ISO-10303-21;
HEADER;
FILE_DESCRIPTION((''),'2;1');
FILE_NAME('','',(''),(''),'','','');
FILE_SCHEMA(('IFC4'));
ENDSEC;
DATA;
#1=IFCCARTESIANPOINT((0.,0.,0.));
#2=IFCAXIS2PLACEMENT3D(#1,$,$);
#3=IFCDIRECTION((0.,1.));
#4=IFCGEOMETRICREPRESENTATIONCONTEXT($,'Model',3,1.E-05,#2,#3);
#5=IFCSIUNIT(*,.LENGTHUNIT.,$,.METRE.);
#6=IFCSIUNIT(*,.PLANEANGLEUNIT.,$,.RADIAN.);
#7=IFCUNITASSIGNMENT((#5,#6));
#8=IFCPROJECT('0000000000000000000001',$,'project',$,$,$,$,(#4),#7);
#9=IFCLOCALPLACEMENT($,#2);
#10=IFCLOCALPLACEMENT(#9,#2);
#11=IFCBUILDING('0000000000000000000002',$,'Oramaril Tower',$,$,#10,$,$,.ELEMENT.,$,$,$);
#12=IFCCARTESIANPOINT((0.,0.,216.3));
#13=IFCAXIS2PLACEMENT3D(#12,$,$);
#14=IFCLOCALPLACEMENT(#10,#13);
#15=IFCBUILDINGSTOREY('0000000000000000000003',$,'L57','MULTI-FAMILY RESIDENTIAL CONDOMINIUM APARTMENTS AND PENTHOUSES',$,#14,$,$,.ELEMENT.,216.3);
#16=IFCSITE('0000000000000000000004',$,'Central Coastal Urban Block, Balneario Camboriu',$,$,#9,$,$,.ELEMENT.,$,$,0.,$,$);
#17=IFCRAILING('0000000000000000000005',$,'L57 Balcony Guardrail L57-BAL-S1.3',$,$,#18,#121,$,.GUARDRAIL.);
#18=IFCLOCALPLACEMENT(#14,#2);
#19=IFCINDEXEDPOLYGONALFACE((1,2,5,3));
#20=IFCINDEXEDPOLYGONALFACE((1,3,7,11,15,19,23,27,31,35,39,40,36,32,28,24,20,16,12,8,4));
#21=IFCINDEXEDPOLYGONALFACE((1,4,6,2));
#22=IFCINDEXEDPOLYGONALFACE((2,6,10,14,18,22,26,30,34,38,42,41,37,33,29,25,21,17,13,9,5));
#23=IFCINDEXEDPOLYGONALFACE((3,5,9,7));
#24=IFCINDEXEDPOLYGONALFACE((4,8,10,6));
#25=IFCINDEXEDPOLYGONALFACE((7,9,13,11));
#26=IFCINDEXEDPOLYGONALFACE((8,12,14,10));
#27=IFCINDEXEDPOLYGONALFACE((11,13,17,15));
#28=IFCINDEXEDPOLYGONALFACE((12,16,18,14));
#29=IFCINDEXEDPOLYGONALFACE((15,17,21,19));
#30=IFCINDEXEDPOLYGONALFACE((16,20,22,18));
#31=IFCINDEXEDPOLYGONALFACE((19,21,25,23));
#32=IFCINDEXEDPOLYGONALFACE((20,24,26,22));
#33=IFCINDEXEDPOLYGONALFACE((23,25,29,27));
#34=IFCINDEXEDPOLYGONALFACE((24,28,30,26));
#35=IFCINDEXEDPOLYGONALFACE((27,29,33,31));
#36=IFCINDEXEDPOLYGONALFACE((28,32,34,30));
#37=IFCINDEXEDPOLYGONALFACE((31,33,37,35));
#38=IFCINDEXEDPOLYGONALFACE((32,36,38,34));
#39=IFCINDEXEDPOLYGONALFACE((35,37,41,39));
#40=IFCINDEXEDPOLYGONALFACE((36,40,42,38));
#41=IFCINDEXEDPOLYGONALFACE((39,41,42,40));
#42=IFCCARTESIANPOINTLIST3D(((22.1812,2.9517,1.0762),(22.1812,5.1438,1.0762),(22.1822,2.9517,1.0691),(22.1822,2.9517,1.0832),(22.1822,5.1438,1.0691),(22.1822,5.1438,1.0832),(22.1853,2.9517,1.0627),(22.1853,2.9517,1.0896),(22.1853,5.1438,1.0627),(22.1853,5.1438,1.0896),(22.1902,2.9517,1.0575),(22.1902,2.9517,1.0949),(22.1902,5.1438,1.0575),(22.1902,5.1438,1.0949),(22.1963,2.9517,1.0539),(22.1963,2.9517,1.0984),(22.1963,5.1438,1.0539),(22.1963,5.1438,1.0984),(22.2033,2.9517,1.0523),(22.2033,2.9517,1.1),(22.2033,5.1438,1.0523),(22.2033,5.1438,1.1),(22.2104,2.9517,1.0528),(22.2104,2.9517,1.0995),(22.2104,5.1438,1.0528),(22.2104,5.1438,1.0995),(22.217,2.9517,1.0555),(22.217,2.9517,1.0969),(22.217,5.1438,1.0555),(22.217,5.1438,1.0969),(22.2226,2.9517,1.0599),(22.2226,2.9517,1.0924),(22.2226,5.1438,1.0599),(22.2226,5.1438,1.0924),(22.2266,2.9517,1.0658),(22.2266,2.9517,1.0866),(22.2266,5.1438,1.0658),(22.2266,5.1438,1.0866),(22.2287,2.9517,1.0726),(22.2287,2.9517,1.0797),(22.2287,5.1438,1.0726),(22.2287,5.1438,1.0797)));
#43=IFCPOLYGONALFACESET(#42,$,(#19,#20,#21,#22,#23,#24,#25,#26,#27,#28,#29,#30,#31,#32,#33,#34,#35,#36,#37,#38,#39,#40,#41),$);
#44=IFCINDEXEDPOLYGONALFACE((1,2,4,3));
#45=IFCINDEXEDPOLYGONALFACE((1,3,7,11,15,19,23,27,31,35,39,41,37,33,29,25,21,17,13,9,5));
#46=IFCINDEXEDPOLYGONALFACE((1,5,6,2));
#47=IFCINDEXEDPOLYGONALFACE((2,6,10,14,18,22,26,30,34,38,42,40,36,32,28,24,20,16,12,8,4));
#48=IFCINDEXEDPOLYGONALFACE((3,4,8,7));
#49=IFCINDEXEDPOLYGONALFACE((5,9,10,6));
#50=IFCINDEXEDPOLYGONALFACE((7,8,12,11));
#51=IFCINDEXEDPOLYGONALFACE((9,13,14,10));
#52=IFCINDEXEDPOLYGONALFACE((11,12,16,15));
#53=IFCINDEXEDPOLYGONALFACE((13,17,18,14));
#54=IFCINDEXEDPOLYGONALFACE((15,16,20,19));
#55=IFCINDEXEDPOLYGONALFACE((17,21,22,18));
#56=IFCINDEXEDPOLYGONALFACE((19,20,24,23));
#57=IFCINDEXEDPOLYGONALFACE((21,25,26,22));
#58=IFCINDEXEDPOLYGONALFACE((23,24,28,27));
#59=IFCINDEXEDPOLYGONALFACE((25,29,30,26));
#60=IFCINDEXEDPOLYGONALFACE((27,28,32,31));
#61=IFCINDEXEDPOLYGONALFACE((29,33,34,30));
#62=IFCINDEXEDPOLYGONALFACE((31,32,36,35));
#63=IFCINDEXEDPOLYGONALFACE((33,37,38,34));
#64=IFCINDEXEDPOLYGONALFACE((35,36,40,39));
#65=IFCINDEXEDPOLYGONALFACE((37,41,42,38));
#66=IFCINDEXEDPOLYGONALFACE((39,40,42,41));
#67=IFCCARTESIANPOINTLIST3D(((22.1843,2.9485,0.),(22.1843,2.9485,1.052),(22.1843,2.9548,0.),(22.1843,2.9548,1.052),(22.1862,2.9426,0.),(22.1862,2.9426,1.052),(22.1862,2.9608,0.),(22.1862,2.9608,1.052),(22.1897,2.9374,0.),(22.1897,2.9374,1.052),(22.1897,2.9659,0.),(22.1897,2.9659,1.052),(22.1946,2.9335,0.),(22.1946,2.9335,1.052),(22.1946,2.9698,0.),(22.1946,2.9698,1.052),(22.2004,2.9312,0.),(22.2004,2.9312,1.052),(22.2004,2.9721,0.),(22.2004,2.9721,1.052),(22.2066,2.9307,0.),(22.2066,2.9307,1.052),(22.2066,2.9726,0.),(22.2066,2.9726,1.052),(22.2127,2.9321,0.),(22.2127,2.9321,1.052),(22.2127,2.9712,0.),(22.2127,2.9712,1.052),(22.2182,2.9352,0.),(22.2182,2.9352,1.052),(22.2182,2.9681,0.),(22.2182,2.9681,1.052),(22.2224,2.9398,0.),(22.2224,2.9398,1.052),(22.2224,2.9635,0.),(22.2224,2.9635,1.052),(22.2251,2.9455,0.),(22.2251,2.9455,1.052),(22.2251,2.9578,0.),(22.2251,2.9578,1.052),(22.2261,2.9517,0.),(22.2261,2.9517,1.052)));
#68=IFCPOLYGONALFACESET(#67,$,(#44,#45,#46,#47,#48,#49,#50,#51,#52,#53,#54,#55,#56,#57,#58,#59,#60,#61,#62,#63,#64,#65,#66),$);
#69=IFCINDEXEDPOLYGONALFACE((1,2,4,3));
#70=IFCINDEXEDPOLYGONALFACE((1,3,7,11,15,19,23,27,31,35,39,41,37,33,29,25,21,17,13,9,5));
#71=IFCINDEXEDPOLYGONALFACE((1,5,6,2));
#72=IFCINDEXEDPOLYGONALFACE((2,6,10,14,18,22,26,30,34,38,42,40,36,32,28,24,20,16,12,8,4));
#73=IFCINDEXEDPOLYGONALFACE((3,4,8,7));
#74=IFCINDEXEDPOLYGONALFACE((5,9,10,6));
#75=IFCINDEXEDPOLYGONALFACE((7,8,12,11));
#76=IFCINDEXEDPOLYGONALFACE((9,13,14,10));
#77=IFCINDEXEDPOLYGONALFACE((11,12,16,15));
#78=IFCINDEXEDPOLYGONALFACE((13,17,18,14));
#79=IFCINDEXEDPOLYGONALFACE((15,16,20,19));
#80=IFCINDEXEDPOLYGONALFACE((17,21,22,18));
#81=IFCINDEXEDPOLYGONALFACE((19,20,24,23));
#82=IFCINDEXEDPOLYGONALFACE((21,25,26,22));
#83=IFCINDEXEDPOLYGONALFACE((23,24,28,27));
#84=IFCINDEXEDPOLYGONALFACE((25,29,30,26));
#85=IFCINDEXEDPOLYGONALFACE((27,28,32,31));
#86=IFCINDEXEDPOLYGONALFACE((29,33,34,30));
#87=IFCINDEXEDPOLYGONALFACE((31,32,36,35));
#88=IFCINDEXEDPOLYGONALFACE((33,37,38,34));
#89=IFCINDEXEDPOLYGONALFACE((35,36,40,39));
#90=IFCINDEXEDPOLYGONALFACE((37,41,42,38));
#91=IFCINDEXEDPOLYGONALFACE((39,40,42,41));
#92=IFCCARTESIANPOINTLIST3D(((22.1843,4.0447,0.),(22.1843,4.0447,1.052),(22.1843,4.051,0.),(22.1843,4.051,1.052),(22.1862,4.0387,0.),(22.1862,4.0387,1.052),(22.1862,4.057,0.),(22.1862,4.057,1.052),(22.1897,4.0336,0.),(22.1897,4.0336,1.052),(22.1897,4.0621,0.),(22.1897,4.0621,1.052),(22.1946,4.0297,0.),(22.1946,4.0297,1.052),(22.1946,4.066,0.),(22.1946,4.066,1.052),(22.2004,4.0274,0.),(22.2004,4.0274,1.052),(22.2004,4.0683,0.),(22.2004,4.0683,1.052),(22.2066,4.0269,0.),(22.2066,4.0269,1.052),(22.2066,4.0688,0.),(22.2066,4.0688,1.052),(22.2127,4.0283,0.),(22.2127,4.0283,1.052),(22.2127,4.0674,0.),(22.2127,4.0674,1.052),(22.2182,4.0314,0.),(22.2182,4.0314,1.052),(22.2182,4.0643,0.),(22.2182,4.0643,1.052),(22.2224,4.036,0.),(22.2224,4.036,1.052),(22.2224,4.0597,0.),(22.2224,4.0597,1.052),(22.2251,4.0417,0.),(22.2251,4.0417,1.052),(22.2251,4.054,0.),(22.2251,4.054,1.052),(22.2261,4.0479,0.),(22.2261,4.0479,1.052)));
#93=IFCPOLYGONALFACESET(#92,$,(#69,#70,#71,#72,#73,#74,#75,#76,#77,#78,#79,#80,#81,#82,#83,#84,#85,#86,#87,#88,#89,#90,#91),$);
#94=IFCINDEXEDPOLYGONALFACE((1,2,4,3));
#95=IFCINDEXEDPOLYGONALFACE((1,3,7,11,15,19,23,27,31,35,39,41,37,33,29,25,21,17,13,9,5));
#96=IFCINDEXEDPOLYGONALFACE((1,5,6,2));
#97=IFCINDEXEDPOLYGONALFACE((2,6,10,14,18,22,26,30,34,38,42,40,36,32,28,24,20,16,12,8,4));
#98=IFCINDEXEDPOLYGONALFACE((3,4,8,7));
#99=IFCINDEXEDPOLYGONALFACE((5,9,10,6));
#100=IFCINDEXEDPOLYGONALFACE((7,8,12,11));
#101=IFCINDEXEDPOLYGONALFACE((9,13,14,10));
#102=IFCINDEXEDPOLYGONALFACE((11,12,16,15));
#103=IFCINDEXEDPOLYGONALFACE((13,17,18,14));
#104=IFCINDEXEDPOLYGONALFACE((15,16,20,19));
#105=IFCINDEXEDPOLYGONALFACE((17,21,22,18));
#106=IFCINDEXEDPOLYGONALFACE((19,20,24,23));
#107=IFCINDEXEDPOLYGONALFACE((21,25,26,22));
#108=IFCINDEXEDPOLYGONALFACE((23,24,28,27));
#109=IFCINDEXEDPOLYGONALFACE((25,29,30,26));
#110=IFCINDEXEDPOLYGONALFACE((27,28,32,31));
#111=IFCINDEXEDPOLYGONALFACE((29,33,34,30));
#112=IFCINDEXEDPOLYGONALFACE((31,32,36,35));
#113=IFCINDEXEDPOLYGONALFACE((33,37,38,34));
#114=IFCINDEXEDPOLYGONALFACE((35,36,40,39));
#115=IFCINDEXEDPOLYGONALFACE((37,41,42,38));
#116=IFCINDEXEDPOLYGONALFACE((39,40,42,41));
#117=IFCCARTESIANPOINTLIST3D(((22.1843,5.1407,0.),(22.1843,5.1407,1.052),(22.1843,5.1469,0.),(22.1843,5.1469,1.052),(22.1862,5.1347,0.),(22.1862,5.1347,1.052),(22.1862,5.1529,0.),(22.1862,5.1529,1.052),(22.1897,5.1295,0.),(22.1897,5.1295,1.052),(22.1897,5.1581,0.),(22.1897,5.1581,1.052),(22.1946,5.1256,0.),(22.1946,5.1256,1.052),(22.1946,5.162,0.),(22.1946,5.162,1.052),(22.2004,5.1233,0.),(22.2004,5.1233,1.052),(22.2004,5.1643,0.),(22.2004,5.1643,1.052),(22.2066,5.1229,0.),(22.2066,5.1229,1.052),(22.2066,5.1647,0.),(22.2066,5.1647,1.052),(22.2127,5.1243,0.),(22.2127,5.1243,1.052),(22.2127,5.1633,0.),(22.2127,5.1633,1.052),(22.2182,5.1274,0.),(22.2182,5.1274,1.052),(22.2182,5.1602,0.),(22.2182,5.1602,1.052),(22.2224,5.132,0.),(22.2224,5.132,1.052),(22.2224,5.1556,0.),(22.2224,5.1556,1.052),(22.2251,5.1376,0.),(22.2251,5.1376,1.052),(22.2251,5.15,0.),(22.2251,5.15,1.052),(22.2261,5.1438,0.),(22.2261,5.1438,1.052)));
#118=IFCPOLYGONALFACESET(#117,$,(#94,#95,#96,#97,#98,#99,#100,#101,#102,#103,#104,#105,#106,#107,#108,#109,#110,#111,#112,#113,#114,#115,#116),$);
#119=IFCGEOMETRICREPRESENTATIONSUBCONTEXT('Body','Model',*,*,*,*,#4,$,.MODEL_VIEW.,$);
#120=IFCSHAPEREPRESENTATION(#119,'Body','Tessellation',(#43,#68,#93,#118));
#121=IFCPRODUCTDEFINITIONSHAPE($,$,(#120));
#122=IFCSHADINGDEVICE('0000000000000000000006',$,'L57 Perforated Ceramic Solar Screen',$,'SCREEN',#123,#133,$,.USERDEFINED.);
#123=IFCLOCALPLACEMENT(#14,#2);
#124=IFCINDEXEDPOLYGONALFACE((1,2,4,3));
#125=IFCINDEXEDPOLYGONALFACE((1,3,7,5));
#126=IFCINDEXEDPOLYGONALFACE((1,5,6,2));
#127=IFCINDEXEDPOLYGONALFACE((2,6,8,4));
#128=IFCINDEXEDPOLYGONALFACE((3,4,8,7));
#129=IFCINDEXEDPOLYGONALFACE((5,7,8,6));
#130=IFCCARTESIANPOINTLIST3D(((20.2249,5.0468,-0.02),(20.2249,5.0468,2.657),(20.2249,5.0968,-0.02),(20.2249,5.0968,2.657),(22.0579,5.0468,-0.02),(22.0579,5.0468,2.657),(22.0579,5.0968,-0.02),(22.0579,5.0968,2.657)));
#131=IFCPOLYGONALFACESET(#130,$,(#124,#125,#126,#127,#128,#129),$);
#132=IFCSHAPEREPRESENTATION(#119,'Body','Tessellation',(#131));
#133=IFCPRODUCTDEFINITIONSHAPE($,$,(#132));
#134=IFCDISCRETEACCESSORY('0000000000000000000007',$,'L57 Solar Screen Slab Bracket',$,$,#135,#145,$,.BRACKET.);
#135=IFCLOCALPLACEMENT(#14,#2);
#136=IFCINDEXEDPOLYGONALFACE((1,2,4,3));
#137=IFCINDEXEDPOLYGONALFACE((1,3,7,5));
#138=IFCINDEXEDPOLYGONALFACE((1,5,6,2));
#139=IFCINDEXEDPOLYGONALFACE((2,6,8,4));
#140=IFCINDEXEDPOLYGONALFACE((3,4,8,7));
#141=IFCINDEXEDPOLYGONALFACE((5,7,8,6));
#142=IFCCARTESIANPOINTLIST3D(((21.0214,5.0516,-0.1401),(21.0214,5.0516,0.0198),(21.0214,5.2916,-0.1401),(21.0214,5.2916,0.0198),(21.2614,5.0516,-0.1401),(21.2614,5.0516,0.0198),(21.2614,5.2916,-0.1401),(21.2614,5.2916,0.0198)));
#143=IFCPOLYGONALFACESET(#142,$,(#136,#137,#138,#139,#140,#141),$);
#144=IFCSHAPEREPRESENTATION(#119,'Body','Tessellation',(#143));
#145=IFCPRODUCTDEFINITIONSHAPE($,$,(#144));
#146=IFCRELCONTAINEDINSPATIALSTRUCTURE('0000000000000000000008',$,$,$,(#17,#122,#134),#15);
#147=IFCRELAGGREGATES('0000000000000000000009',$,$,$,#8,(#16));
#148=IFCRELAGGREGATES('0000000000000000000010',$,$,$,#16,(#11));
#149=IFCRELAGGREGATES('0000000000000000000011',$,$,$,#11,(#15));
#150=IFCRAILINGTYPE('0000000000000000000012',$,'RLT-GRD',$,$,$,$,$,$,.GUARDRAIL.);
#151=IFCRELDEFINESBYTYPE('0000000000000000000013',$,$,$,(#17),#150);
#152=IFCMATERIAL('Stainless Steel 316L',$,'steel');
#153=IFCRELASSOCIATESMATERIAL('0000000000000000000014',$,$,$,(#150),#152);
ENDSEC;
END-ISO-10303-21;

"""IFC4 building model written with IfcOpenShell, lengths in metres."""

from ifc_helpers import new_model, si_unit, direction, frame, origin, origin_2d, place, context, subcontext, project, spatial, rectangle, circle, extrude, material, type_object, element, save


model = new_model("IFC4")

# Units and contexts
model_context = context("Model", 3, precision=1e-05, world=origin(), true_north=direction((0.0, 1.0)))
body_context = subcontext(model_context, "Body", "Model", "MODEL_VIEW")
ifc_project = project(units=[si_unit("LENGTHUNIT", "METRE"), si_unit("PLANEANGLEUNIT", "RADIAN")], contexts=[model_context])

# Site, building, storey
site_placement = place(None, origin())
site = spatial("IfcSite", under=ifc_project, at=site_placement, Name="Central Coastal Urban Block, Balneario Camboriu", CompositionType="ELEMENT", RefElevation=0.0)
building_placement = place(site_placement, origin())
building = spatial("IfcBuilding", under=site, at=building_placement, Name="Oramaril Tower", CompositionType="ELEMENT")
storey_placement = place(building_placement, frame((0.0, 0.0, 216.3)))
storey = spatial("IfcBuildingStorey", under=building, at=storey_placement, Name="L57", Description="MULTI-FAMILY RESIDENTIAL CONDOMINIUM APARTMENTS AND PENTHOUSES", CompositionType="ELEMENT", Elevation=216.3)

# Railing
ifc_material_1 = material(Name="Stainless Steel 316L", Category="steel")
railing_type = type_object("IfcRailingType", Name="RLT-GRD", PredefinedType="GUARDRAIL", material=ifc_material_1)
railing_placement = place(storey_placement, frame((22.2051, 2.9517, 0.0)))
element("IfcRailing", 1, at=railing_placement, inside=storey, type_object=railing_type, Name="L57 Balcony Guardrail L57-BAL-S1.3", PredefinedType="GUARDRAIL", context=body_context, shape_type="SweptSolid", body=[
    extrude(circle(Radius=0.0239, at=origin_2d()), frame((0.0, 0.0, 1.0762), z_axis=(0.0, 1.0, 0.0), x_axis=(-1.0, 0.0, 0.0)), (0.0, 0.0, 1.0), 2.1921),
    extrude(circle(Radius=0.021, at=origin_2d()), origin(), (0.0, 0.0, 1.0), 1.052),
    extrude(circle(Radius=0.021, at=origin_2d()), frame((0.0, 1.0962, 0.0)), (0.0, 0.0, 1.0), 1.052),
    extrude(circle(Radius=0.021, at=origin_2d()), frame((0.0, 2.1921, 0.0)), (0.0, 0.0, 1.0), 1.052),
])

# Shading device
shading_device_placement = place(storey_placement, frame((21.1414, 5.0718, -0.02), z_axis=(0.0, 0.0, 1.0), x_axis=(1.0, 0.0, 0.0)))
element("IfcShadingDevice", 2, at=shading_device_placement, inside=storey, Name="L57 Perforated Ceramic Solar Screen", ObjectType="SCREEN", PredefinedType="USERDEFINED", context=body_context, shape_type="SweptSolid", body=[
    extrude(rectangle(XDim=1.833, YDim=0.05, at=origin_2d()), origin(), (0.0, 0.0, 1.0), 2.677),
])

# Discrete accessory
discrete_accessory_placement = place(storey_placement, frame((21.1414, 5.1716, -0.1401), z_axis=(0.0, 0.0, 1.0), x_axis=(1.0, 0.0, 0.0)))
element("IfcDiscreteAccessory", 3, at=discrete_accessory_placement, inside=storey, Name="L57 Solar Screen Slab Bracket", PredefinedType="BRACKET", context=body_context, shape_type="SweptSolid", body=[
    extrude(rectangle(XDim=0.24, YDim=0.24, at=origin_2d()), origin(), (0.0, 0.0, 1.0), 0.1599),
])

save(model, "model.ifc")
